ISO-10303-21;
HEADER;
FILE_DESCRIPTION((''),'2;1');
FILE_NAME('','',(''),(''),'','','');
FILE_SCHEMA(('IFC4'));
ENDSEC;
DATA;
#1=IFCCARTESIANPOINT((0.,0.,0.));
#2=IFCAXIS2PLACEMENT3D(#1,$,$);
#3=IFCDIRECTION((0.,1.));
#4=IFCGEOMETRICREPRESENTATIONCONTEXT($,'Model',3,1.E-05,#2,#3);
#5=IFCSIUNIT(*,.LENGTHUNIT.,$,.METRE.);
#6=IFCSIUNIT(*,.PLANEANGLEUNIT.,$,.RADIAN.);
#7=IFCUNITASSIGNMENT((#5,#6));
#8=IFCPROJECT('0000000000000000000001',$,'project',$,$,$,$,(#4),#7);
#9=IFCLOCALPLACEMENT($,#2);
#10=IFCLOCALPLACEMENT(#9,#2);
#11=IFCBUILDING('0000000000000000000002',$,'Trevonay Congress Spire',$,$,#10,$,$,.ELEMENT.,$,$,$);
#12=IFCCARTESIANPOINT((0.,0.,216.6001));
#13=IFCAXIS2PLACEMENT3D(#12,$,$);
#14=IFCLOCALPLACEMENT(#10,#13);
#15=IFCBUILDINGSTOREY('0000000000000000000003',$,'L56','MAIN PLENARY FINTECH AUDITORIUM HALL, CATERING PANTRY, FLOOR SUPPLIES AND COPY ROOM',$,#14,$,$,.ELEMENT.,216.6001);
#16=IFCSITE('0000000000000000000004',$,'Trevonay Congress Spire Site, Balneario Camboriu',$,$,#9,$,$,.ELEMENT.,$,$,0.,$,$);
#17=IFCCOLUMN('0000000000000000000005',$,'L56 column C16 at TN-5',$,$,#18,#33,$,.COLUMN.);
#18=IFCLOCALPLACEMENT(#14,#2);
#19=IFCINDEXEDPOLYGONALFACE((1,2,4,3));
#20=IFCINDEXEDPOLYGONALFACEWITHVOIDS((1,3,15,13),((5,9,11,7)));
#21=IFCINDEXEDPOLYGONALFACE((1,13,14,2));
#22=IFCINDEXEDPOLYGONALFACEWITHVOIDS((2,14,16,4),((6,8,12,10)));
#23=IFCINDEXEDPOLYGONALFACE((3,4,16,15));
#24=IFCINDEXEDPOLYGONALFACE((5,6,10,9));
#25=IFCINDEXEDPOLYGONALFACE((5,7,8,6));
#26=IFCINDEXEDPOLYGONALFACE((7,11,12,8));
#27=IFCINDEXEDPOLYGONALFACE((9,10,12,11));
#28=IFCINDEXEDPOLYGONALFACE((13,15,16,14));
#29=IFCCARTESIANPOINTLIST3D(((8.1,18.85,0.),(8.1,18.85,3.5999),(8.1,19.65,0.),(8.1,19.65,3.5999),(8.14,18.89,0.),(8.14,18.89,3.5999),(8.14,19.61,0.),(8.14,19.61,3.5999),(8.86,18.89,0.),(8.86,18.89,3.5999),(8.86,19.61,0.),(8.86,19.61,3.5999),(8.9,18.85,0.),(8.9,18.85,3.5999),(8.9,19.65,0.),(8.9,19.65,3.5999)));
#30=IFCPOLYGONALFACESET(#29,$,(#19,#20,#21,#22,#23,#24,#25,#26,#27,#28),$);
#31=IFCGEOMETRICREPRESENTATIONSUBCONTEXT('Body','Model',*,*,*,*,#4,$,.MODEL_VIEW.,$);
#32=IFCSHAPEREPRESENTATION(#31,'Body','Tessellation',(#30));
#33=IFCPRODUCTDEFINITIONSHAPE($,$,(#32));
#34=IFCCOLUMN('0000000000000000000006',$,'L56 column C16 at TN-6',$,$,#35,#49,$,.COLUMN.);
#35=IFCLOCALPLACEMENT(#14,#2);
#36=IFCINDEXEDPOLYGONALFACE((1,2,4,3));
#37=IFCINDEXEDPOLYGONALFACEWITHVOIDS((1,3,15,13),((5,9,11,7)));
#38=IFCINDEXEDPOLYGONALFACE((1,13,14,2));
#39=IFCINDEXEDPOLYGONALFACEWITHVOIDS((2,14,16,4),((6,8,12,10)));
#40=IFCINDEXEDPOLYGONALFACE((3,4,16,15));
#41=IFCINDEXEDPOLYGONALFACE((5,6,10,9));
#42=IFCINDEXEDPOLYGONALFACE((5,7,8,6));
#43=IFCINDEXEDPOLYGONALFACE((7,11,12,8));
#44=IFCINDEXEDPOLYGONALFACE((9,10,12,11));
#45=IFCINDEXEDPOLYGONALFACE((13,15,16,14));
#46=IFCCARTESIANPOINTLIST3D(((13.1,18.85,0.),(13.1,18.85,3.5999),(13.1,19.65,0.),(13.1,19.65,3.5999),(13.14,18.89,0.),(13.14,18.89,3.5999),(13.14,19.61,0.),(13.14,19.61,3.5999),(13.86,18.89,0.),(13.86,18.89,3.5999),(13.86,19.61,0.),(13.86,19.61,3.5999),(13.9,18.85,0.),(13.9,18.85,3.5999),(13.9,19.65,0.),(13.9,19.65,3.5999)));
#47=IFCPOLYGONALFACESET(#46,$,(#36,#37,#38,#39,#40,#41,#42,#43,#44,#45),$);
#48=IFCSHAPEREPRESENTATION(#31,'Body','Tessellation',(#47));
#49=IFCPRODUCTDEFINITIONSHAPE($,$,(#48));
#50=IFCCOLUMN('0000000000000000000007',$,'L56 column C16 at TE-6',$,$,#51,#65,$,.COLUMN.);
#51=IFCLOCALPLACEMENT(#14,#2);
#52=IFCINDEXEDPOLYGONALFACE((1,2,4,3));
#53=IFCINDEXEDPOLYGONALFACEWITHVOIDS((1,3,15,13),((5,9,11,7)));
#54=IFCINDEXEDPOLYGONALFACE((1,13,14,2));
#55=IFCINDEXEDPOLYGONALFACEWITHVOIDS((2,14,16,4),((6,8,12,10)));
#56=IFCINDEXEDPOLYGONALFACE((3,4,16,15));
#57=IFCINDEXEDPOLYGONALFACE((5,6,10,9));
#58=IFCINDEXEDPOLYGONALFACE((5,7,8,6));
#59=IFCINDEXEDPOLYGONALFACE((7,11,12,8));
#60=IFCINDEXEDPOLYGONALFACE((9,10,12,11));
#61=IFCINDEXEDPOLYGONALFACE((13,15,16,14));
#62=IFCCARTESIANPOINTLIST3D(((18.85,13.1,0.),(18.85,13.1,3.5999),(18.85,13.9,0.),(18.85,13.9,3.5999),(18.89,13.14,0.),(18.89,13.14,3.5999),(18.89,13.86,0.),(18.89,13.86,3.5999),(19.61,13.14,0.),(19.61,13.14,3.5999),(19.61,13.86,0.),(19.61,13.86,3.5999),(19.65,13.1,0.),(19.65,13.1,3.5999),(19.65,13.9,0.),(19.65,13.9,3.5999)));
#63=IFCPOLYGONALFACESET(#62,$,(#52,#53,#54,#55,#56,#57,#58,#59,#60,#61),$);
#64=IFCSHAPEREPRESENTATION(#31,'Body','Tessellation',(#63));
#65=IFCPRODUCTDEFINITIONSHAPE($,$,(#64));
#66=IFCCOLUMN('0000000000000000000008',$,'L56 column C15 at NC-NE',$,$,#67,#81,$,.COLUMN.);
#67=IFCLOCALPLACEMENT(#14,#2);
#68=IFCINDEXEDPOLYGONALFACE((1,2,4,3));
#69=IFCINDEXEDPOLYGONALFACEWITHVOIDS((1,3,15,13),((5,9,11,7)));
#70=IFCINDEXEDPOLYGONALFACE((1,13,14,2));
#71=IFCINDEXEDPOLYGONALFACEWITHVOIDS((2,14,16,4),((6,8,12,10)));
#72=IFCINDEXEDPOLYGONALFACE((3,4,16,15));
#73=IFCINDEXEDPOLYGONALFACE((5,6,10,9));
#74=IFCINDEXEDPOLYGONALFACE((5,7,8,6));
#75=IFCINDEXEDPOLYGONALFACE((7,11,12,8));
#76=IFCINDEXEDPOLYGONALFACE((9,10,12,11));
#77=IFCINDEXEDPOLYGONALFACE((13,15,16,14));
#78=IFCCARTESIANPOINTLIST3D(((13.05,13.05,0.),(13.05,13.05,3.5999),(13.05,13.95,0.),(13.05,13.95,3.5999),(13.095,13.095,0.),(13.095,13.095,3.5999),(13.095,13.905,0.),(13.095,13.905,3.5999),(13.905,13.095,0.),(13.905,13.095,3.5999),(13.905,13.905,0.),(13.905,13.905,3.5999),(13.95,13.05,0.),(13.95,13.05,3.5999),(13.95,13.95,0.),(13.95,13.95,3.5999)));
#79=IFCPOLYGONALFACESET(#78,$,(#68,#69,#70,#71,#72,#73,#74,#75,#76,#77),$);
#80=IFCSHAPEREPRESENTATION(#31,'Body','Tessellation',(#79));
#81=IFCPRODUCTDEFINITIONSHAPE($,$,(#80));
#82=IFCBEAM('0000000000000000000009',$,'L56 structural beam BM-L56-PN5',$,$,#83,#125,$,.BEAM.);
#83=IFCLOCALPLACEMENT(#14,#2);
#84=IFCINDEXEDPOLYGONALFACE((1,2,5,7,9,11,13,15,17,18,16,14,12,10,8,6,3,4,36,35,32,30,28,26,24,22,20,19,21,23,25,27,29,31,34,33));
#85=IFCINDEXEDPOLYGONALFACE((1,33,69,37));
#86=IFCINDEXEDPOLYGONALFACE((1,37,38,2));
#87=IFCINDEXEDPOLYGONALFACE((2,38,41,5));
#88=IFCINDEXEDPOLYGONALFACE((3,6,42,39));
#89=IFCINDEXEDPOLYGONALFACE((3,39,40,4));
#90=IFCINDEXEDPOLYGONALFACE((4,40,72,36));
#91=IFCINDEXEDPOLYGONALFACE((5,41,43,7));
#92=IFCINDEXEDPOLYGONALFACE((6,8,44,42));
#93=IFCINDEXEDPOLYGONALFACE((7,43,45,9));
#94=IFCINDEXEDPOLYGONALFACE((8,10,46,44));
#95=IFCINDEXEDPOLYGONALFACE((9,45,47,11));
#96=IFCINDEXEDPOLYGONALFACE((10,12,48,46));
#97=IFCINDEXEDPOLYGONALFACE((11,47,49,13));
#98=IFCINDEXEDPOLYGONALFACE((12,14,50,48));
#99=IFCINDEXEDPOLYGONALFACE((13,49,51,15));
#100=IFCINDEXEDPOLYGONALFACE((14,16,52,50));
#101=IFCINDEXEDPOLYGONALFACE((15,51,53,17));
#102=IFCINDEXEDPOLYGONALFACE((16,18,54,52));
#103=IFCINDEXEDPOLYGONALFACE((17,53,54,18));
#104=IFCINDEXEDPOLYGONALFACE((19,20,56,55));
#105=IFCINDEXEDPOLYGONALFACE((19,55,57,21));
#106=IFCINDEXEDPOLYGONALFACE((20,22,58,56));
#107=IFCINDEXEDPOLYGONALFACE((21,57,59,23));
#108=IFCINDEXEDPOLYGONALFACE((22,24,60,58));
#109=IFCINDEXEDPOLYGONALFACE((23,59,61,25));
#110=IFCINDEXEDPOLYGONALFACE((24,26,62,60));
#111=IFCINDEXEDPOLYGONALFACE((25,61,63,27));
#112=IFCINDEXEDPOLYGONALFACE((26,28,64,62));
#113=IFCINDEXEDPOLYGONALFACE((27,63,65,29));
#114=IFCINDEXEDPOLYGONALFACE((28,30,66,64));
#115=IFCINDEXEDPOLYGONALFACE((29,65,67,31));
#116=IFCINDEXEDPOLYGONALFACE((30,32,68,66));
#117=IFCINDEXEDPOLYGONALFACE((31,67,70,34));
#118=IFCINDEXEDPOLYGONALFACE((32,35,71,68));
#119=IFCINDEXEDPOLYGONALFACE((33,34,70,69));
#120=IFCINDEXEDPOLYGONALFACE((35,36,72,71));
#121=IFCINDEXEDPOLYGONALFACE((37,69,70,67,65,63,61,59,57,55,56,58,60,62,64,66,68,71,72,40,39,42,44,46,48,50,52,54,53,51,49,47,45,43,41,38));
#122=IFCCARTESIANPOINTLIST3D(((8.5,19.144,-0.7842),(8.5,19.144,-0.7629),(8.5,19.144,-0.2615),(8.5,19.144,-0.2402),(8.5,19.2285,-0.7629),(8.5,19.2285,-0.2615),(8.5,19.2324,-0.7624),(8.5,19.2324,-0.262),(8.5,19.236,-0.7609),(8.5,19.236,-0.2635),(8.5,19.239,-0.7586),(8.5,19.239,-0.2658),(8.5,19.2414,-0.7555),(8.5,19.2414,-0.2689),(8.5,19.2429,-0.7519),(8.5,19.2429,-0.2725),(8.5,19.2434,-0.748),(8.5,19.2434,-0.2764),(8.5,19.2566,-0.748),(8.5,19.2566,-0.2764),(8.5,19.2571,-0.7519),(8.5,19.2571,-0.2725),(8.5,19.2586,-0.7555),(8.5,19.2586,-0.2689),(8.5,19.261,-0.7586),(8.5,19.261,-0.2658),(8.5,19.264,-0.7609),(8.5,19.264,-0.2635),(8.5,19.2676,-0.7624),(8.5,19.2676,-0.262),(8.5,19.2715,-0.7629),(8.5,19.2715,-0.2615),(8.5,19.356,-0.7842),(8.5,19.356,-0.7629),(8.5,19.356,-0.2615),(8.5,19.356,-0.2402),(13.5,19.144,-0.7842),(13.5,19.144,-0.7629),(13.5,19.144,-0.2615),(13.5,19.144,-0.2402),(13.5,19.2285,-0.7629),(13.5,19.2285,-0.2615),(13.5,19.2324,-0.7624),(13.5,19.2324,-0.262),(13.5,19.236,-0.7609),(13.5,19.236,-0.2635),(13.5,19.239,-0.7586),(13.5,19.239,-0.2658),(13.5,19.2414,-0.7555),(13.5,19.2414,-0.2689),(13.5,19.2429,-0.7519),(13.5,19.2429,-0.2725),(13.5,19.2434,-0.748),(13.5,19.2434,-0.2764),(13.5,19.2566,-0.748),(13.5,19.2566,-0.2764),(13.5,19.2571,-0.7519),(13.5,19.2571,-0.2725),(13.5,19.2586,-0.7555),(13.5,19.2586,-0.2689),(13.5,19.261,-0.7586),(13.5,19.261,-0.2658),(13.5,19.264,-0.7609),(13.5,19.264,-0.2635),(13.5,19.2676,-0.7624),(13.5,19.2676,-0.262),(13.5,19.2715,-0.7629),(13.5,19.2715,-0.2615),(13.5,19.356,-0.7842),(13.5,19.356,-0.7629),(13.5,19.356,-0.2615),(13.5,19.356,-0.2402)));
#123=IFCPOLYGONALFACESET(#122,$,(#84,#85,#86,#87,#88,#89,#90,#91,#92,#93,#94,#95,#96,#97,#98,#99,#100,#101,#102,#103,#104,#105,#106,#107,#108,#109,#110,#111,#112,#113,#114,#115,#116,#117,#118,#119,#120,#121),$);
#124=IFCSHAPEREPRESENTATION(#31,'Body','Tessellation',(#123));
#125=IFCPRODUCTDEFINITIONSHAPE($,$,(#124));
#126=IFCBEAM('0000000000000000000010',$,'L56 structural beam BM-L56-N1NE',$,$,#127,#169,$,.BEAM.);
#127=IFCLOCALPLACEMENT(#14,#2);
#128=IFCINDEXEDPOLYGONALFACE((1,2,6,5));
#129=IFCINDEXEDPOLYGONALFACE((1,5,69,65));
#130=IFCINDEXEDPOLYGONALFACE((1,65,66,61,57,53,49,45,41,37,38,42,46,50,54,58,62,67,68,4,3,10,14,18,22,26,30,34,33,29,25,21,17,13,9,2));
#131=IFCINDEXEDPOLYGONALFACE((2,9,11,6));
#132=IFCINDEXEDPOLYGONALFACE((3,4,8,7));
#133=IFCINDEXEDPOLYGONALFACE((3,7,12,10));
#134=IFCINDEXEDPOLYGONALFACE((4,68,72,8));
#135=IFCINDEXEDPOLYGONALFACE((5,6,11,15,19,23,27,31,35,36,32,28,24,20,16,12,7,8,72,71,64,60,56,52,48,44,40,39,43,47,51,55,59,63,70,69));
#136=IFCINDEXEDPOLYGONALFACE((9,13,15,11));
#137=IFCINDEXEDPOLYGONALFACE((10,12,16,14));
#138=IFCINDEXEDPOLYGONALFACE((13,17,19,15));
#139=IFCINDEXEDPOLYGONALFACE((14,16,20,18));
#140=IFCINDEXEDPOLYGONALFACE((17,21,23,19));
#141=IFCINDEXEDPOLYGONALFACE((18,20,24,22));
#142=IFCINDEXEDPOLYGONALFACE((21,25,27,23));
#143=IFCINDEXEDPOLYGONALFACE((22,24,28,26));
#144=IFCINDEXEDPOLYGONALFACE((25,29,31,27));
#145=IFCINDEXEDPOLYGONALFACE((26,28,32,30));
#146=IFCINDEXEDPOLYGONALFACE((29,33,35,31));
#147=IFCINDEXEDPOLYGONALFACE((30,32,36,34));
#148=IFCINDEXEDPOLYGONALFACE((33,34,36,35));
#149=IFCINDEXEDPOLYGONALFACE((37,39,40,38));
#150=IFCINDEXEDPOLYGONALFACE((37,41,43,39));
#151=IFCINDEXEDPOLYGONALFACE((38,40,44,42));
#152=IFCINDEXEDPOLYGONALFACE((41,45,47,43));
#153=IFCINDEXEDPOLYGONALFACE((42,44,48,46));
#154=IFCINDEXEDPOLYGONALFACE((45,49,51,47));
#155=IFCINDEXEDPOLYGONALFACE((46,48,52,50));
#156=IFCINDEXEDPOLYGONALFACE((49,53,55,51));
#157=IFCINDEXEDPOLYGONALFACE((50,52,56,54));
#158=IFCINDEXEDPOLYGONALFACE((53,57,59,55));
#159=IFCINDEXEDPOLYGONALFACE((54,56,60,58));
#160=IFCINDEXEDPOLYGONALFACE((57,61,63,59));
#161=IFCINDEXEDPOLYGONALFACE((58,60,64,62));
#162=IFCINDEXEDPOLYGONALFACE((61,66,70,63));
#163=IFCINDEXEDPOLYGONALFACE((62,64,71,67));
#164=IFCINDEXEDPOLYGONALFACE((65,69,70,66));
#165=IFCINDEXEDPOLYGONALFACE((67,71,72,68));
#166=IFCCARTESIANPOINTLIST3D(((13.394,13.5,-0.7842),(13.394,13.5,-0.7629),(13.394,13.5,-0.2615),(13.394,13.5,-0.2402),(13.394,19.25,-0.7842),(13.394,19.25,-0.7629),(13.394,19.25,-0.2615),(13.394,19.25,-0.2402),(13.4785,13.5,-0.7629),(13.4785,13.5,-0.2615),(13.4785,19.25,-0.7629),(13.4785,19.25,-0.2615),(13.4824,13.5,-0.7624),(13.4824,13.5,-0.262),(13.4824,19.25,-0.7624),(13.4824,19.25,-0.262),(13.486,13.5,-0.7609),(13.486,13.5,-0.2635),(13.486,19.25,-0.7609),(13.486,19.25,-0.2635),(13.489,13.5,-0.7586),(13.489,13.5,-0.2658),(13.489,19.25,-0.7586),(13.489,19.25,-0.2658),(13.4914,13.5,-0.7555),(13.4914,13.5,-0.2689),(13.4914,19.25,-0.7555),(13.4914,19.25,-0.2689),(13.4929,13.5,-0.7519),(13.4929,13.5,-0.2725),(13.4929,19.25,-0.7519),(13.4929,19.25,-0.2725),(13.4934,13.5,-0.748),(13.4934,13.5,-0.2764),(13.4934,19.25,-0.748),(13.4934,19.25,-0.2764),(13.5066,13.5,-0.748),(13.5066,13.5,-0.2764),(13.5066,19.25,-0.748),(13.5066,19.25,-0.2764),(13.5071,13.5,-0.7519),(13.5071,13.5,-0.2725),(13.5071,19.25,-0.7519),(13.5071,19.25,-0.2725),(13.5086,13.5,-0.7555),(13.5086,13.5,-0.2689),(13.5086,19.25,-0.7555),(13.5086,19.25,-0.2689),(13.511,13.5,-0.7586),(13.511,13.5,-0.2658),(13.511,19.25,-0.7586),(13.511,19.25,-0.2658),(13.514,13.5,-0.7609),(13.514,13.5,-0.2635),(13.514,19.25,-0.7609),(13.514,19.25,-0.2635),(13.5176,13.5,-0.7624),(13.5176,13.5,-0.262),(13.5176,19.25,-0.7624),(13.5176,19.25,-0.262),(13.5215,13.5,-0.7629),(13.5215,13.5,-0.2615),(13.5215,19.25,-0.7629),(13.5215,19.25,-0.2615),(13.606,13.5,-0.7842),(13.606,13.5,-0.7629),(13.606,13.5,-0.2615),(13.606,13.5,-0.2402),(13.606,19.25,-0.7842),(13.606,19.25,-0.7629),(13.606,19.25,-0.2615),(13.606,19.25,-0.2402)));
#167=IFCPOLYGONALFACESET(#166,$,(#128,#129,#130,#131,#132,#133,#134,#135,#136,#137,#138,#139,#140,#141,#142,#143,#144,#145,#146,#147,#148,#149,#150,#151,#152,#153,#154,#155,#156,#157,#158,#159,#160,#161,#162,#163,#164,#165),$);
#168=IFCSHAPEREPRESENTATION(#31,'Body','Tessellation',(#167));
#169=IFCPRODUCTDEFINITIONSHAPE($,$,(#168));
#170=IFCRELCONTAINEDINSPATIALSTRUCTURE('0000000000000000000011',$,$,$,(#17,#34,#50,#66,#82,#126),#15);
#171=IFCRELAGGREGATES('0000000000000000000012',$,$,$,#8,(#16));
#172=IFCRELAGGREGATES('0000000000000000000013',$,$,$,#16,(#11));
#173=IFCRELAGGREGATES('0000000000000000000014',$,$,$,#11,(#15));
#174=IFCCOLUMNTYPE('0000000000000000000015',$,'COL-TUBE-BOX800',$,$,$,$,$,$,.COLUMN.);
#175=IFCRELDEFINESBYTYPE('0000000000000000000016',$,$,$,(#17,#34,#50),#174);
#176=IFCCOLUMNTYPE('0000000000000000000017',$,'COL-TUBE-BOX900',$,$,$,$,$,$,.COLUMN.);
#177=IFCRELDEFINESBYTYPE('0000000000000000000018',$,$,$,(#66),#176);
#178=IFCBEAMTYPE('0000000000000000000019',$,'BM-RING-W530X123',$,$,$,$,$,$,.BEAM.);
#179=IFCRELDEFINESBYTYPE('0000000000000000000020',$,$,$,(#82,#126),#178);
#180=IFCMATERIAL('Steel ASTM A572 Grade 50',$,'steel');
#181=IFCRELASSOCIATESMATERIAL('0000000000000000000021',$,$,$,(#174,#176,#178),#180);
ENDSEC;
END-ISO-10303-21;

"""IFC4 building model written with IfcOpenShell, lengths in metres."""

from ifc_helpers import new_model, si_unit, direction, frame, origin, origin_2d, place, context, subcontext, project, spatial, hollow_rectangle, i_section, extrude, material, material_profile, profile_set, type_object, element, save


model = new_model("IFC4")

# Units and contexts
model_context = context("Model", 3, precision=1e-05, world=origin(), true_north=direction((0.0, 1.0)))
body_context = subcontext(model_context, "Body", "Model", "MODEL_VIEW")
ifc_project = project(units=[si_unit("LENGTHUNIT", "METRE"), si_unit("PLANEANGLEUNIT", "RADIAN")], contexts=[model_context])

# Site, building, storey
site_placement = place(None, origin())
site = spatial("IfcSite", under=ifc_project, at=site_placement, Name="Trevonay Congress Spire Site, Balneario Camboriu", CompositionType="ELEMENT", RefElevation=0.0)
building_placement = place(site_placement, origin())
building = spatial("IfcBuilding", under=site, at=building_placement, Name="Trevonay Congress Spire", CompositionType="ELEMENT")
storey_placement = place(building_placement, frame((0.0, 0.0, 216.6001)))
storey = spatial("IfcBuildingStorey", under=building, at=storey_placement, Name="L56", Description="MAIN PLENARY FINTECH AUDITORIUM HALL, CATERING PANTRY, FLOOR SUPPLIES AND COPY ROOM", CompositionType="ELEMENT", Elevation=216.6001)

# Columns
ifc_material_1 = material(Name="Steel ASTM A572 Grade 50", Category="steel")
ifc_material_profile_1 = material_profile(ifc_material_1, hollow_rectangle(XDim=0.8, YDim=0.8, WallThickness=0.04, at=origin_2d()), Name="BOX 800x800x40")
ifc_profile_set_1 = profile_set([ifc_material_profile_1], Name="Steel ASTM A572 Grade 50")
column_type_1 = type_object("IfcColumnType", Name="COL-TUBE-BOX800", PredefinedType="COLUMN", material=ifc_profile_set_1)
for number, where, z_axis, x_axis, name in (
    (1, (8.5, 19.25, 0.0), (0.0, 0.0, 1.0), (1.0, 0.0, 0.0), "L56 column C16 at TN-5"),
    (2, (13.5, 19.25, 0.0), (0.0, 0.0, 1.0), (1.0, 0.0, 0.0), "L56 column C16 at TN-6"),
    (3, (19.25, 13.5, 0.0), (0.0, 0.0, 1.0), (1.0, 0.0, 0.0), "L56 column C16 at TE-6"),
):
    element("IfcColumn", number, at=place(storey_placement, frame(where, z_axis=z_axis, x_axis=x_axis)), inside=storey, type_object=column_type_1, Name=name, PredefinedType="COLUMN", context=body_context, shape_type="SweptSolid", body=[
        extrude(hollow_rectangle(XDim=0.8, YDim=0.8, WallThickness=0.04, at=origin_2d()), origin(), (0.0, 0.0, 1.0), 3.5999),
    ])
ifc_material_profile_2 = material_profile(ifc_material_1, hollow_rectangle(XDim=0.8999, YDim=0.8999, WallThickness=0.0449, at=origin_2d()), Name="BOX 900x900x45")
ifc_profile_set_2 = profile_set([ifc_material_profile_2], Name="Steel ASTM A572 Grade 50")
column_type_2 = type_object("IfcColumnType", Name="COL-TUBE-BOX900", PredefinedType="COLUMN", material=ifc_profile_set_2)
column_placement = place(storey_placement, frame((13.5, 13.5, 0.0), z_axis=(0.0, 0.0, 1.0), x_axis=(1.0, 0.0, 0.0)))
element("IfcColumn", 4, at=column_placement, inside=storey, type_object=column_type_2, Name="L56 column C15 at NC-NE", PredefinedType="COLUMN", context=body_context, shape_type="SweptSolid", body=[
    extrude(hollow_rectangle(XDim=0.8999, YDim=0.8999, WallThickness=0.0449, at=origin_2d()), origin(), (0.0, 0.0, 1.0), 3.5999),
])

# Beams
ifc_material_profile_3 = material_profile(ifc_material_1, i_section(OverallWidth=0.2119, OverallDepth=0.5439, WebThickness=0.0132, FlangeThickness=0.0212, FilletRadius=0.0149, at=origin_2d()), Name="W530x123")
ifc_profile_set_3 = profile_set([ifc_material_profile_3], Name="Steel ASTM A572 Grade 50")
beam_type = type_object("IfcBeamType", Name="BM-RING-W530X123", PredefinedType="BEAM", material=ifc_profile_set_3)
beam_placement = place(storey_placement, frame((8.5, 19.25, -0.5122), z_axis=(1.0, 0.0, 0.0), x_axis=(0.0, 1.0, 0.0)))
element("IfcBeam", 5, at=beam_placement, inside=storey, type_object=beam_type, Name="L56 structural beam BM-L56-PN5", PredefinedType="BEAM", context=body_context, shape_type="SweptSolid", body=[
    extrude(i_section(OverallWidth=0.2119, OverallDepth=0.5439, WebThickness=0.0132, FlangeThickness=0.0212, FilletRadius=0.0149, at=origin_2d()), origin(), (0.0, 0.0, 1.0), 5.0),
])
for number, where, z_axis, x_axis, name in (
    (6, (13.5, 19.25, -0.5122), (0.0, -1.0, 0.0), (1.0, 0.0, 0.0), "L56 structural beam BM-L56-N1NE"),
):
    element("IfcBeam", number, at=place(storey_placement, frame(where, z_axis=z_axis, x_axis=x_axis)), inside=storey, type_object=beam_type, Name=name, PredefinedType="BEAM", context=body_context, shape_type="SweptSolid", body=[
        extrude(i_section(OverallWidth=0.2119, OverallDepth=0.5439, WebThickness=0.0132, FlangeThickness=0.0212, FilletRadius=0.0149, at=origin_2d()), origin(), (0.0, 0.0, 1.0), 5.75),
    ])

save(model, "model.ifc")
